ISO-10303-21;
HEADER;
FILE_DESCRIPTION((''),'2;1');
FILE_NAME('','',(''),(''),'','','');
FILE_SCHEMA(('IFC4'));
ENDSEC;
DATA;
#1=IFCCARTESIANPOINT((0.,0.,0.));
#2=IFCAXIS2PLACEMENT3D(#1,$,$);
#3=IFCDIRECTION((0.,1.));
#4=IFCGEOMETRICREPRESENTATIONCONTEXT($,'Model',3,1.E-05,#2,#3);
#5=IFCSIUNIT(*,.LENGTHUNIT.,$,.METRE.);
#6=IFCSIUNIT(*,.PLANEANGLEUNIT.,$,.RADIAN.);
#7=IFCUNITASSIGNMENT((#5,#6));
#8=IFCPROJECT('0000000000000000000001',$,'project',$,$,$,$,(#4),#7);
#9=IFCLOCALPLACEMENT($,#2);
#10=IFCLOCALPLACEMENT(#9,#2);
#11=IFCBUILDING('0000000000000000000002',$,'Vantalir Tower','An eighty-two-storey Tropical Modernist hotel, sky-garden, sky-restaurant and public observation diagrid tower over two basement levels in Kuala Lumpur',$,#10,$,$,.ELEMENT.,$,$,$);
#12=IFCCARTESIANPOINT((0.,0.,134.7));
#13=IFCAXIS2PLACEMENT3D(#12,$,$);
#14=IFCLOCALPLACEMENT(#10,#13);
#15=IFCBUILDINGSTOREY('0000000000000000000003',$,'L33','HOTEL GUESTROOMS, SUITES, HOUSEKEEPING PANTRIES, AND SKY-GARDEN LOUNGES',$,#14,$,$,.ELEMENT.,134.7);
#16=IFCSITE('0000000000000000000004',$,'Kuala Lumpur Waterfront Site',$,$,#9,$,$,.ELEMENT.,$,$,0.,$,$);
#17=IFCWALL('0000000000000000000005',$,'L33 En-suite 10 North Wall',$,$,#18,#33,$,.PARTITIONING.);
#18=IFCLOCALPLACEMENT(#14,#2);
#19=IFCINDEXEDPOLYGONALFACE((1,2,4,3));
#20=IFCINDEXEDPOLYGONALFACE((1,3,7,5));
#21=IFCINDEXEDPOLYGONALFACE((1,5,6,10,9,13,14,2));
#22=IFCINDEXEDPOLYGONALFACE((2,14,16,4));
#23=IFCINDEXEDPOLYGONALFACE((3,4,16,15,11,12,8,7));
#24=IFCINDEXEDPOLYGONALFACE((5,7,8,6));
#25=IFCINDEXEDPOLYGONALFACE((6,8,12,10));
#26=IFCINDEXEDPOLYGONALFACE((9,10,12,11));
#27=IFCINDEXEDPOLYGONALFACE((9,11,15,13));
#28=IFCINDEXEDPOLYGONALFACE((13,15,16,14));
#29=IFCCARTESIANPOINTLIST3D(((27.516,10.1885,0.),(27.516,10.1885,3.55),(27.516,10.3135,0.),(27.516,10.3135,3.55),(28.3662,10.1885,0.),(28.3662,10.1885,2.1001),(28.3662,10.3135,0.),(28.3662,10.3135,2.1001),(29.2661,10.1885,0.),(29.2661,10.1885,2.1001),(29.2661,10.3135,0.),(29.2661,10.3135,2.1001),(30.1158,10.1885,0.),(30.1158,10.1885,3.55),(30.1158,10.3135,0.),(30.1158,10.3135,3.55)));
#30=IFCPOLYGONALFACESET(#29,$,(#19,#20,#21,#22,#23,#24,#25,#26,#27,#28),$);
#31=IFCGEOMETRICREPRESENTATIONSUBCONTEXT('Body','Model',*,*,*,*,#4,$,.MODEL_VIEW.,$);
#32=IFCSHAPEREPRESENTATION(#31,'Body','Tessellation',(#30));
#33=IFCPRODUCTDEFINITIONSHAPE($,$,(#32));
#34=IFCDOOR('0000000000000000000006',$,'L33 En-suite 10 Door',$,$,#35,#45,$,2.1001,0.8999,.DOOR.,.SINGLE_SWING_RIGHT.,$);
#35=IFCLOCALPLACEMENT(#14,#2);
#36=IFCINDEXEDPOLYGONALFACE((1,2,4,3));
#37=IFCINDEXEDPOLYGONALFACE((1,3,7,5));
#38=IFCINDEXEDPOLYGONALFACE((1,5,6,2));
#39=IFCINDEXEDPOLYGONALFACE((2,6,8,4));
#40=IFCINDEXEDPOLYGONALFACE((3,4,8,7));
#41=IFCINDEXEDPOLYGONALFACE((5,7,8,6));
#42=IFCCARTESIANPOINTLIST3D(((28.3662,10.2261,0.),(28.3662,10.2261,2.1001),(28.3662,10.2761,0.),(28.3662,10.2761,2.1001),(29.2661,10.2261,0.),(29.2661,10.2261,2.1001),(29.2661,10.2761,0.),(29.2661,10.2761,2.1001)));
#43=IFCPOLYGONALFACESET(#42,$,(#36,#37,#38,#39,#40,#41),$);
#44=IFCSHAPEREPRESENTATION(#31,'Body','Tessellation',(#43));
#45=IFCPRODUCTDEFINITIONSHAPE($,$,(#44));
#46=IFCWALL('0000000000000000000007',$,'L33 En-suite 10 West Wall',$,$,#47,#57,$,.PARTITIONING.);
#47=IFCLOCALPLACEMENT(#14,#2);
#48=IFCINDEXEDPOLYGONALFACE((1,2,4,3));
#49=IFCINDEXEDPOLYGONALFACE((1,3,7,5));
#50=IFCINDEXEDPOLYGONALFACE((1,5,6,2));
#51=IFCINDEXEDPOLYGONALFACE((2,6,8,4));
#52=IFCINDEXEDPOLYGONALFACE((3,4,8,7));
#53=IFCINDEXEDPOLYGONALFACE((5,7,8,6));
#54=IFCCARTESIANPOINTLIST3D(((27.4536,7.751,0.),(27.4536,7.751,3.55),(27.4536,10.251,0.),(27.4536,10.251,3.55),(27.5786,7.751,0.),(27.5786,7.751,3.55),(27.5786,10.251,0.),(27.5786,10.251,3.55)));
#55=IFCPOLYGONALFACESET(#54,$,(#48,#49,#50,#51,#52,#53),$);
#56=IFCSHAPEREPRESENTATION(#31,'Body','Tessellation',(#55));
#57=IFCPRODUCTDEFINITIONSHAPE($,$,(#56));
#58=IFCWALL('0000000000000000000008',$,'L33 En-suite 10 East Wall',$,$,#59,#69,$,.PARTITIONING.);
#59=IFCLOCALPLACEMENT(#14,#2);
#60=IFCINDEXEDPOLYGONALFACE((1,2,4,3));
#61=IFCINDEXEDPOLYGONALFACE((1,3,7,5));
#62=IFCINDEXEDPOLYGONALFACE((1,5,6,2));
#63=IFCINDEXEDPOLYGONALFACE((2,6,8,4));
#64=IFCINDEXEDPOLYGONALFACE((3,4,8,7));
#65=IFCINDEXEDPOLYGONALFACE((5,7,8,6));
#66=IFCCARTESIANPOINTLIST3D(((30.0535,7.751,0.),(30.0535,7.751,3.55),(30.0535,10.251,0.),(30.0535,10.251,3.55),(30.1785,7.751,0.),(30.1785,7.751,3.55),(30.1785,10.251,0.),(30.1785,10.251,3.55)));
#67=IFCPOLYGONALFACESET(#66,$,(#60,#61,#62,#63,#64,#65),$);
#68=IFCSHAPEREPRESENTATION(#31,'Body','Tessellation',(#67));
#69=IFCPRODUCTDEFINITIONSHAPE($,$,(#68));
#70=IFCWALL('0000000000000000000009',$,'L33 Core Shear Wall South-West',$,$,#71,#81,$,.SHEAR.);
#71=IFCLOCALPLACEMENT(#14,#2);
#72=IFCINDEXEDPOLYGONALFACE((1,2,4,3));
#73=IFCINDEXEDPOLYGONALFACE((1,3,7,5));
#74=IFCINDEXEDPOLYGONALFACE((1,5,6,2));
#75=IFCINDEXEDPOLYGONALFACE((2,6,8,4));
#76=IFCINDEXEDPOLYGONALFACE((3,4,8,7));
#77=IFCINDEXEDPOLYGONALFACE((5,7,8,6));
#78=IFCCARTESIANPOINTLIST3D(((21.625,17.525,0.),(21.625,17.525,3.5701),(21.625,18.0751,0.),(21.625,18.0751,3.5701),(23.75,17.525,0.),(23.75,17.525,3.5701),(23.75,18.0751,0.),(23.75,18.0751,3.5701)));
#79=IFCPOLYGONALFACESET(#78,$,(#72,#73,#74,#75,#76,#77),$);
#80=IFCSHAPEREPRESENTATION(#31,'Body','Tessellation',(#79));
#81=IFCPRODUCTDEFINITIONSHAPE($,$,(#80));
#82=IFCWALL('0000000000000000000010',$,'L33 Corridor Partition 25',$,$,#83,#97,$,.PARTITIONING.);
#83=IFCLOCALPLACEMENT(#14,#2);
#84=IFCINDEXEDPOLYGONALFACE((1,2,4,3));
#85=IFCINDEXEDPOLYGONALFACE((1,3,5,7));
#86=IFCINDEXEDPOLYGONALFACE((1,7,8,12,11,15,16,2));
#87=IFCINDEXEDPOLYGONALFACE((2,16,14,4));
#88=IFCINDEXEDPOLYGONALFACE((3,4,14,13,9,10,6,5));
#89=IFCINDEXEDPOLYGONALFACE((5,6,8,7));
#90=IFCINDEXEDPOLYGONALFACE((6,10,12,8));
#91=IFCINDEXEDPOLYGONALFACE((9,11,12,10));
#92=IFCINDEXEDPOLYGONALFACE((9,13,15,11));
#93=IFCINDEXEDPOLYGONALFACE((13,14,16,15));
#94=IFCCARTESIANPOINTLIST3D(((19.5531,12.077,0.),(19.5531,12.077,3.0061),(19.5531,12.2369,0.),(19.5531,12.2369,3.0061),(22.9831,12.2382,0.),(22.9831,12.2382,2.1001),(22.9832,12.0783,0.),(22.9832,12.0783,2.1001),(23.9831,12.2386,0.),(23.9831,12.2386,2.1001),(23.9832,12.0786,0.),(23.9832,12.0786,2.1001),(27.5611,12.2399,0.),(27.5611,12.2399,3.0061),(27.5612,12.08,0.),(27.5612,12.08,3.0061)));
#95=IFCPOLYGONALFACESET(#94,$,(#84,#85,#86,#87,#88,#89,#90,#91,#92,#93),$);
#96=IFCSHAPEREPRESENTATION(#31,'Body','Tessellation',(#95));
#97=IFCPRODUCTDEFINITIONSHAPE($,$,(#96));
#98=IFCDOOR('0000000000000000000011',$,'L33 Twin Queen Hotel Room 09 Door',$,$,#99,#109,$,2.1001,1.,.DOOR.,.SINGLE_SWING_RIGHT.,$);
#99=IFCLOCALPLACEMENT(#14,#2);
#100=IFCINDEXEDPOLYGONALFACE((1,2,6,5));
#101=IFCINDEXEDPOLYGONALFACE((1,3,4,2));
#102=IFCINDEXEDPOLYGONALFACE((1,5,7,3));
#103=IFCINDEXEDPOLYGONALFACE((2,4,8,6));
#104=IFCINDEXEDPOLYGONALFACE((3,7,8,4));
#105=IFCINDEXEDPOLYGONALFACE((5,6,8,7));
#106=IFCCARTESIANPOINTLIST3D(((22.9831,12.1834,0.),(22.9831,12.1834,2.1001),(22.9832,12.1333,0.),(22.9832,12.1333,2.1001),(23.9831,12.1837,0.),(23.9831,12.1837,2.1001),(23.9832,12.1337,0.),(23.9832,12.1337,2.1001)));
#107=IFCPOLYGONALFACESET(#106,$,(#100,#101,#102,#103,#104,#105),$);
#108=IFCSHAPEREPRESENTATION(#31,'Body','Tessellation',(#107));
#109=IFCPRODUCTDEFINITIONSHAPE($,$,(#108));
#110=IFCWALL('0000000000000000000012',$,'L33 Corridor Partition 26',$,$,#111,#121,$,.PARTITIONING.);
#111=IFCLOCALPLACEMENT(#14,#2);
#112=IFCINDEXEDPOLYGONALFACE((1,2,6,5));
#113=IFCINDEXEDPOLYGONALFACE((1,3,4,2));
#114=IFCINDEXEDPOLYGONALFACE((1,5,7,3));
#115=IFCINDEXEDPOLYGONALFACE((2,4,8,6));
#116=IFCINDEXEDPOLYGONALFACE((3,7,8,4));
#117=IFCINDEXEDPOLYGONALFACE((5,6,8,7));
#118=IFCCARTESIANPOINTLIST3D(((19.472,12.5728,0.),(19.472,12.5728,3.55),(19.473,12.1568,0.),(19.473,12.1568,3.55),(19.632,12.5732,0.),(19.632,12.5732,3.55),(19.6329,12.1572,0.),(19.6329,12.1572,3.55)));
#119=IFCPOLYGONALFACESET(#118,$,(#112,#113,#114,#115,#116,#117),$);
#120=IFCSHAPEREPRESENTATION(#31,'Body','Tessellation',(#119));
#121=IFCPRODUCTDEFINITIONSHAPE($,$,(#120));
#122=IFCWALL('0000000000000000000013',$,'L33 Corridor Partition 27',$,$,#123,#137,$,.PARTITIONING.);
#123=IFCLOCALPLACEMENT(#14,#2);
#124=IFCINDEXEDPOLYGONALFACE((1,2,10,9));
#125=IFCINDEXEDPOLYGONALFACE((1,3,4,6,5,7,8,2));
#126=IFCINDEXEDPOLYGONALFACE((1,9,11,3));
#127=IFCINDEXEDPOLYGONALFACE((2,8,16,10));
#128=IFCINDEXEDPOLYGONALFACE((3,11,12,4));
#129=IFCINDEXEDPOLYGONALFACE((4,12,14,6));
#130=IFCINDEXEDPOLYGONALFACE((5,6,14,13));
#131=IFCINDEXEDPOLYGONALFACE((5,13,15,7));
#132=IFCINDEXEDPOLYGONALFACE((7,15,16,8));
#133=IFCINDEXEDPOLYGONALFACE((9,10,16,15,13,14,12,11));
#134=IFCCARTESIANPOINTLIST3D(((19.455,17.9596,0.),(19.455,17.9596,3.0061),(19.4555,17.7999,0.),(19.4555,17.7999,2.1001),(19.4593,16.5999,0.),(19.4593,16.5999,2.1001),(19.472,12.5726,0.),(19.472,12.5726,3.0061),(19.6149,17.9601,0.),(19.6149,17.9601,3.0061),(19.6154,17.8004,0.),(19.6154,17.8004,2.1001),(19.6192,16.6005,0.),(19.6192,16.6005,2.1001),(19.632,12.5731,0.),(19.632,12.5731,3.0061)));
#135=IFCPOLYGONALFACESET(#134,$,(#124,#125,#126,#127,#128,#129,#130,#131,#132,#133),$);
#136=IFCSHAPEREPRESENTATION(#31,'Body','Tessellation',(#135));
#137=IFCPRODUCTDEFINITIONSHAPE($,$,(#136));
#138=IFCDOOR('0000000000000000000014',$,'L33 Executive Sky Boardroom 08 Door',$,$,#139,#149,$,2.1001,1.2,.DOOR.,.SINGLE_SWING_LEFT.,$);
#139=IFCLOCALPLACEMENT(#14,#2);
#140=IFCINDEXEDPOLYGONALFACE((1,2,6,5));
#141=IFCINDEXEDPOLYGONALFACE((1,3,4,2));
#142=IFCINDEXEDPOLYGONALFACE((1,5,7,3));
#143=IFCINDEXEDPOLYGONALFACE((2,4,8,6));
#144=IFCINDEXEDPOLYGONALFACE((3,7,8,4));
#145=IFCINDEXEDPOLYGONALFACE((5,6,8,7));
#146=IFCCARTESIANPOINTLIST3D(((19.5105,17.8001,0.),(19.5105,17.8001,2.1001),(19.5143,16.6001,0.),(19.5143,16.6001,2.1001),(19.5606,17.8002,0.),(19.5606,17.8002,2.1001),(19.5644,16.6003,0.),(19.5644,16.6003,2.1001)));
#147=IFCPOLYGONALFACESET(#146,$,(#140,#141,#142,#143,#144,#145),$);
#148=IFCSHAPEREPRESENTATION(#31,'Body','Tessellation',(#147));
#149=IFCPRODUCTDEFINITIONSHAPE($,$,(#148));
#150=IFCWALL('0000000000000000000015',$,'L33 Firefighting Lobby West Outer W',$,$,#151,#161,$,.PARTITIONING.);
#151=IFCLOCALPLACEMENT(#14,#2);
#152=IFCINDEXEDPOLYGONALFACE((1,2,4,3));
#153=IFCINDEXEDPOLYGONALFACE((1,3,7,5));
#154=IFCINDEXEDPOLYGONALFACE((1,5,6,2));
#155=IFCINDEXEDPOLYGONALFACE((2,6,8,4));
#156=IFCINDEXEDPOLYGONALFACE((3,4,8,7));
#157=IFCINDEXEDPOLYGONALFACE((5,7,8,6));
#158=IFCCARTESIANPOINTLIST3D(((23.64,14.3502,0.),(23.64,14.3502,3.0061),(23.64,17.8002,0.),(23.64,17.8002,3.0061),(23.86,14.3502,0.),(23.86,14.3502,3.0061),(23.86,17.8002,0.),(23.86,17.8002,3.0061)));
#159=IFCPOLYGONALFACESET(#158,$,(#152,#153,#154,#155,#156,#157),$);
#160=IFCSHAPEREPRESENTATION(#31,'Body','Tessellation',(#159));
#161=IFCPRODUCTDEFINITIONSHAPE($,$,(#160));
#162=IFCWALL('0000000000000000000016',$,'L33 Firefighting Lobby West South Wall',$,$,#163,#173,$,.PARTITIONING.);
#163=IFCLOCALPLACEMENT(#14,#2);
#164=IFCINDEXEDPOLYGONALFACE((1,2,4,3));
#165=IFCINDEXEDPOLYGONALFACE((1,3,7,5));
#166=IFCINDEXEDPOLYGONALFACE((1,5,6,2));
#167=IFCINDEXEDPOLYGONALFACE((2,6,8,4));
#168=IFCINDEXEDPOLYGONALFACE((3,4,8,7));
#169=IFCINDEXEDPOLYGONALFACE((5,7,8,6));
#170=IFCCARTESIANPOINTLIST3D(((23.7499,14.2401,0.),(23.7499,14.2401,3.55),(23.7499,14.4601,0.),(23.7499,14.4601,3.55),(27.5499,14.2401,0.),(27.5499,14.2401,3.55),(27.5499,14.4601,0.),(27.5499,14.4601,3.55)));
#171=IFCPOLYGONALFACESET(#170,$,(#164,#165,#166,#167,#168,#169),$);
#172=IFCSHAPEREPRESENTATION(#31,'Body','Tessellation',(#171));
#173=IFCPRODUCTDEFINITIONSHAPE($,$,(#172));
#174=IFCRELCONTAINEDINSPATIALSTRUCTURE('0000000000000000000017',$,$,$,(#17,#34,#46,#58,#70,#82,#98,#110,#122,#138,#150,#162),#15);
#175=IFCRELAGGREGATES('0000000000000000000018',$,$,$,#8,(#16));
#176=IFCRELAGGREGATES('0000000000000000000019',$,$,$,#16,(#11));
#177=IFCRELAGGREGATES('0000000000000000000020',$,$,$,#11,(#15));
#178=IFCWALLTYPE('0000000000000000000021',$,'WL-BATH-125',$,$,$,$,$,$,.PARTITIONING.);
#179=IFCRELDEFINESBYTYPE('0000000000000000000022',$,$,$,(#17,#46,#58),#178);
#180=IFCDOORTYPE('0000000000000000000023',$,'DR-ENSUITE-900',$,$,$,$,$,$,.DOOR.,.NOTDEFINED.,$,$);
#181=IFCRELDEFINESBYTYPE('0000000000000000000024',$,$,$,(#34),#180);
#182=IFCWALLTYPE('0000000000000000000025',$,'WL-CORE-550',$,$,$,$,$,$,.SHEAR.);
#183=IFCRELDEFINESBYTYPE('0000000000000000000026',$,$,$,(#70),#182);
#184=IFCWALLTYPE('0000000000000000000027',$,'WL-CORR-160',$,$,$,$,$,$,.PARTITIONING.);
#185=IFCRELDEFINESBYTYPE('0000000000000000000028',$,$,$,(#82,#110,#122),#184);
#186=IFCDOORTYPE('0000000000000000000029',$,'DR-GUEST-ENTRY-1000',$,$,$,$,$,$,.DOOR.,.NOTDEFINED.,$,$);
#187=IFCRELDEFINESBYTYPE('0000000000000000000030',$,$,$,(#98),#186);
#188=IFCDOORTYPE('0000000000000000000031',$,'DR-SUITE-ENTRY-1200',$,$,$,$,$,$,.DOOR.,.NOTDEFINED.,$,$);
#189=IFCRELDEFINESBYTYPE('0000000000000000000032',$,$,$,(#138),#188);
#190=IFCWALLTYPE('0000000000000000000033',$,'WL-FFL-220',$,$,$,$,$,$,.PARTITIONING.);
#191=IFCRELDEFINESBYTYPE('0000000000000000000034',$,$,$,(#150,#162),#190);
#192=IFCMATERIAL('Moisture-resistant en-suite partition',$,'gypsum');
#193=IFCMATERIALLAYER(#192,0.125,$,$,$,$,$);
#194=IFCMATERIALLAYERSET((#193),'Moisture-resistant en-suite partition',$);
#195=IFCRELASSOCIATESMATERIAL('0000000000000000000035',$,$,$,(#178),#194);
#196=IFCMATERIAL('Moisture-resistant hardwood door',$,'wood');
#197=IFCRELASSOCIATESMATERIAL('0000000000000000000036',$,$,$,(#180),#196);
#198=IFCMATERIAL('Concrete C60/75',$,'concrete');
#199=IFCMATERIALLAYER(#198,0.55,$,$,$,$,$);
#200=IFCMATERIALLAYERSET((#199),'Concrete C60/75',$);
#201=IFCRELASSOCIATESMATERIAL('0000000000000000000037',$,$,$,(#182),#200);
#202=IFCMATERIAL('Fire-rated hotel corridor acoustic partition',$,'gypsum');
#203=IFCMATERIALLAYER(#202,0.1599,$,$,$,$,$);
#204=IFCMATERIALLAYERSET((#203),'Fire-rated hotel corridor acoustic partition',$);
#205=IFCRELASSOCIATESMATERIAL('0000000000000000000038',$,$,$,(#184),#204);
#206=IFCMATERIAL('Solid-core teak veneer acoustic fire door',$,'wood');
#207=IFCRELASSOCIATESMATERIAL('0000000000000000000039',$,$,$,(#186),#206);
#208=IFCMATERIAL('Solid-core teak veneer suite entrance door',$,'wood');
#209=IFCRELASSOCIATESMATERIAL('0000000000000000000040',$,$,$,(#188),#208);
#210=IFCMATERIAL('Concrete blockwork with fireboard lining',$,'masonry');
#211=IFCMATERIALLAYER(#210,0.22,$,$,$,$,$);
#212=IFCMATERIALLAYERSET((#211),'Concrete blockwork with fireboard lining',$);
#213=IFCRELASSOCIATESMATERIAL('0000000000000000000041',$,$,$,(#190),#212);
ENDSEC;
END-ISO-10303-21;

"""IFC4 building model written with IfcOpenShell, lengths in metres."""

from ifc_helpers import new_model, si_unit, direction, frame, frame_2d, origin, place, context, subcontext, project, spatial, rectangle, extrude, material, layer, layer_set, type_object, element, fill, save


model = new_model("IFC4")

# Units and contexts
model_context = context("Model", 3, precision=1e-05, world=origin(), true_north=direction((0.0, 1.0)))
body_context = subcontext(model_context, "Body", "Model", "MODEL_VIEW")
ifc_project = project(units=[si_unit("LENGTHUNIT", "METRE"), si_unit("PLANEANGLEUNIT", "RADIAN")], contexts=[model_context])

# Site, building, storey
site_placement = place(None, origin())
site = spatial("IfcSite", under=ifc_project, at=site_placement, Name="Kuala Lumpur Waterfront Site", CompositionType="ELEMENT", RefElevation=0.0)
building_placement = place(site_placement, origin())
building = spatial("IfcBuilding", under=site, at=building_placement, Name="Vantalir Tower", Description="An eighty-two-storey Tropical Modernist hotel, sky-garden, sky-restaurant and public observation diagrid tower over two basement levels in Kuala Lumpur", CompositionType="ELEMENT")
storey_placement = place(building_placement, frame((0.0, 0.0, 134.7)))
storey = spatial("IfcBuildingStorey", under=building, at=storey_placement, Name="L33", Description="HOTEL GUESTROOMS, SUITES, HOUSEKEEPING PANTRIES, AND SKY-GARDEN LOUNGES", CompositionType="ELEMENT", Elevation=134.7)

# Shared definitions
ifc_material_1 = material(Name="Concrete C60/75", Category="concrete")

# Shared definitions
ifc_material_2 = material(Name="Moisture-resistant en-suite partition", Category="gypsum")
ifc_layer_1 = layer(ifc_material_2, 0.125)
ifc_layer_set_1 = layer_set([ifc_layer_1], Name="Moisture-resistant en-suite partition")
wall_type_1 = type_object("IfcWallType", Name="WL-BATH-125", PredefinedType="PARTITIONING", material=ifc_layer_set_1)

# Shared definitions
ifc_material_3 = material(Name="Moisture-resistant hardwood door", Category="wood")
door_type_1 = type_object("IfcDoorType", Name="DR-ENSUITE-900", OperationType="NOTDEFINED", PredefinedType="DOOR", material=ifc_material_3)

# Wall, opening, door
wall_1_placement = place(storey_placement, frame((27.5161, 10.251, 0.0), z_axis=(0.0, 0.0, 1.0), x_axis=(1.0, 0.0, 0.0)))
wall_1 = element("IfcWall", 1, at=wall_1_placement, inside=storey, type_object=wall_type_1, Name="L33 En-suite 10 North Wall", PredefinedType="PARTITIONING", context=body_context, shape_type="SweptSolid", body=[
    extrude(rectangle(XDim=2.5999, YDim=0.125, at=frame_2d((1.2998, 0.0))), origin(), (0.0, 0.0, 1.0), 3.55),
])
opening_1_placement = place(wall_1_placement, frame((0.8501, 0.0, 0.0)))
opening_1 = element("IfcOpeningElement", 2, at=opening_1_placement, cuts=wall_1, PredefinedType="OPENING", context=body_context, shape_type="SweptSolid", body=[
    extrude(rectangle(XDim=0.8999, YDim=2.1001, at=frame_2d((0.45, 1.05))), frame((0.0, 0.0725, 0.0), z_axis=(0.0, -1.0, 0.0), x_axis=(1.0, 0.0, 0.0)), (0.0, 0.0, 1.0), 0.145),
])
door_1_placement = place(opening_1_placement, frame((0.8999, 0.0, 0.0), z_axis=(0.0, 0.0, 1.0), x_axis=(-1.0, 0.0, 0.0)))
door_1 = element("IfcDoor", 3, at=door_1_placement, inside=storey, type_object=door_type_1, Name="L33 En-suite 10 Door", OperationType="SINGLE_SWING_RIGHT", OverallHeight=2.1001, OverallWidth=0.8999, PredefinedType="DOOR", context=body_context, shape_type="SweptSolid", body=[
    extrude(rectangle(XDim=0.8999, YDim=2.1001, at=frame_2d((0.45, 1.05))), frame((0.0, 0.0249, 0.0), z_axis=(0.0, -1.0, 0.0), x_axis=(1.0, 0.0, 0.0)), (0.0, 0.0, 1.0), 0.05),
])
fill(opening_1, door_1)

# Walls
for number, where, z_axis, x_axis, name in (
    (4, (27.5161, 7.751, 0.0), (0.0, 0.0, 1.0), (0.0, 1.0, 0.0), "L33 En-suite 10 West Wall"),
    (5, (30.116, 7.751, 0.0), (0.0, 0.0, 1.0), (0.0, 1.0, 0.0), "L33 En-suite 10 East Wall"),
):
    element("IfcWall", number, at=place(storey_placement, frame(where, z_axis=z_axis, x_axis=x_axis)), inside=storey, type_object=wall_type_1, Name=name, PredefinedType="PARTITIONING", context=body_context, shape_type="SweptSolid", body=[
        extrude(rectangle(XDim=2.5, YDim=0.125, at=frame_2d((1.25, 0.0))), origin(), (0.0, 0.0, 1.0), 3.55),
    ])
ifc_layer_2 = layer(ifc_material_1, 0.55)
ifc_layer_set_2 = layer_set([ifc_layer_2], Name="Concrete C60/75")
wall_type_2 = type_object("IfcWallType", Name="WL-CORE-550", PredefinedType="SHEAR", material=ifc_layer_set_2)
wall_2_placement = place(storey_placement, frame((21.625, 17.8, 0.0), z_axis=(0.0, 0.0, 1.0), x_axis=(1.0, 0.0, 0.0)))
element("IfcWall", 6, at=wall_2_placement, inside=storey, type_object=wall_type_2, Name="L33 Core Shear Wall South-West", PredefinedType="SHEAR", context=body_context, shape_type="SweptSolid", body=[
    extrude(rectangle(XDim=2.125, YDim=0.55, at=frame_2d((1.0625, 0.0))), origin(), (0.0, 0.0, 1.0), 3.5701),
])

# Wall, opening, door
ifc_material_4 = material(Name="Fire-rated hotel corridor acoustic partition", Category="gypsum")
ifc_layer_3 = layer(ifc_material_4, 0.1599)
ifc_layer_set_3 = layer_set([ifc_layer_3], Name="Fire-rated hotel corridor acoustic partition")
wall_type_3 = type_object("IfcWallType", Name="WL-CORR-160", PredefinedType="PARTITIONING", material=ifc_layer_set_3)
wall_3_placement = place(storey_placement, frame((27.561, 12.1599, 0.0), z_axis=(0.0, 0.0, 1.0), x_axis=(-1.0, -0.000366, 0.0)))
wall_3 = element("IfcWall", 7, at=wall_3_placement, inside=storey, type_object=wall_type_3, Name="L33 Corridor Partition 25", PredefinedType="PARTITIONING", context=body_context, shape_type="SweptSolid", body=[
    extrude(rectangle(XDim=8.0081, YDim=0.1599, at=frame_2d((4.0039, 0.0))), origin(), (0.0, 0.0, 1.0), 3.0061),
])
opening_2_placement = place(wall_3_placement, frame((3.5779, 0.0, 0.0)))
opening_2 = element("IfcOpeningElement", 8, at=opening_2_placement, cuts=wall_3, PredefinedType="OPENING", context=body_context, shape_type="SweptSolid", body=[
    extrude(rectangle(XDim=1.0, YDim=2.1001, at=frame_2d((0.5, 1.05))), frame((0.0, 0.0898, 0.0), z_axis=(0.0, -1.0, 0.0), x_axis=(1.0, 0.0, 0.0)), (0.0, 0.0, 1.0), 0.1799),
])
ifc_material_5 = material(Name="Solid-core teak veneer acoustic fire door", Category="wood")
door_type_2 = type_object("IfcDoorType", Name="DR-GUEST-ENTRY-1000", OperationType="NOTDEFINED", PredefinedType="DOOR", material=ifc_material_5)
door_2_placement = place(opening_2_placement, origin())
door_2 = element("IfcDoor", 9, at=door_2_placement, inside=storey, type_object=door_type_2, Name="L33 Twin Queen Hotel Room 09 Door", OperationType="SINGLE_SWING_RIGHT", OverallHeight=2.1001, OverallWidth=1.0, PredefinedType="DOOR", context=body_context, shape_type="SweptSolid", body=[
    extrude(rectangle(XDim=1.0, YDim=2.1001, at=frame_2d((0.5, 1.05))), frame((0.0, 0.0249, 0.0), z_axis=(0.0, -1.0, 0.0), x_axis=(1.0, 0.0, 0.0)), (0.0, 0.0, 1.0), 0.05),
])
fill(opening_2, door_2)

# Wall
wall_4_placement = place(storey_placement, frame((19.553, 12.157, 0.0), z_axis=(0.0, 0.0, 1.0), x_axis=(-0.002347, 0.999997, 0.0)))
element("IfcWall", 10, at=wall_4_placement, inside=storey, type_object=wall_type_3, Name="L33 Corridor Partition 26", PredefinedType="PARTITIONING", context=body_context, shape_type="SweptSolid", body=[
    extrude(rectangle(XDim=0.416, YDim=0.1599, at=frame_2d((0.208, 0.0))), origin(), (0.0, 0.0, 1.0), 3.55),
])

# Wall, opening, door
wall_5_placement = place(storey_placement, frame((19.552, 12.573, 0.0), z_axis=(0.0, 0.0, 1.0), x_axis=(-0.003172, 0.999995, 0.0)))
wall_5 = element("IfcWall", 11, at=wall_5_placement, inside=storey, type_object=wall_type_3, Name="L33 Corridor Partition 27", PredefinedType="PARTITIONING", context=body_context, shape_type="SweptSolid", body=[
    extrude(rectangle(XDim=5.387, YDim=0.1599, at=frame_2d((2.6934, 0.0))), origin(), (0.0, 0.0, 1.0), 3.0061),
])
opening_3_placement = place(wall_5_placement, frame((4.0271, 0.0, 0.0)))
opening_3 = element("IfcOpeningElement", 12, at=opening_3_placement, cuts=wall_5, PredefinedType="OPENING", context=body_context, shape_type="SweptSolid", body=[
    extrude(rectangle(XDim=1.2, YDim=2.1001, at=frame_2d((0.6001, 1.05))), frame((0.0, 0.0898, 0.0), z_axis=(0.0, -1.0, 0.0), x_axis=(1.0, 0.0, 0.0)), (0.0, 0.0, 1.0), 0.1799),
])
ifc_material_6 = material(Name="Solid-core teak veneer suite entrance door", Category="wood")
door_type_3 = type_object("IfcDoorType", Name="DR-SUITE-ENTRY-1200", OperationType="NOTDEFINED", PredefinedType="DOOR", material=ifc_material_6)
door_3_placement = place(opening_3_placement, origin())
door_3 = element("IfcDoor", 13, at=door_3_placement, inside=storey, type_object=door_type_3, Name="L33 Executive Sky Boardroom 08 Door", OperationType="SINGLE_SWING_LEFT", OverallHeight=2.1001, OverallWidth=1.2, PredefinedType="DOOR", context=body_context, shape_type="SweptSolid", body=[
    extrude(rectangle(XDim=1.2, YDim=2.1001, at=frame_2d((0.6001, 1.05))), frame((0.0, 0.0249, 0.0), z_axis=(0.0, -1.0, 0.0), x_axis=(1.0, 0.0, 0.0)), (0.0, 0.0, 1.0), 0.05),
])
fill(opening_3, door_3)

# Walls
ifc_material_7 = material(Name="Concrete blockwork with fireboard lining", Category="masonry")
ifc_layer_4 = layer(ifc_material_7, 0.22)
ifc_layer_set_4 = layer_set([ifc_layer_4], Name="Concrete blockwork with fireboard lining")
wall_type_4 = type_object("IfcWallType", Name="WL-FFL-220", PredefinedType="PARTITIONING", material=ifc_layer_set_4)
wall_6_placement = place(storey_placement, frame((23.75, 14.3501, 0.0), z_axis=(0.0, 0.0, 1.0), x_axis=(0.0, 1.0, 0.0)))
element("IfcWall", 14, at=wall_6_placement, inside=storey, type_object=wall_type_4, Name="L33 Firefighting Lobby West Outer W", PredefinedType="PARTITIONING", context=body_context, shape_type="SweptSolid", body=[
    extrude(rectangle(XDim=3.45, YDim=0.22, at=frame_2d((1.7251, 0.0))), origin(), (0.0, 0.0, 1.0), 3.0061),
])
wall_7_placement = place(storey_placement, frame((23.75, 14.3501, 0.0), z_axis=(0.0, 0.0, 1.0), x_axis=(1.0, 0.0, 0.0)))
element("IfcWall", 15, at=wall_7_placement, inside=storey, type_object=wall_type_4, Name="L33 Firefighting Lobby West South Wall", PredefinedType="PARTITIONING", context=body_context, shape_type="SweptSolid", body=[
    extrude(rectangle(XDim=3.8, YDim=0.22, at=frame_2d((1.8999, 0.0))), origin(), (0.0, 0.0, 1.0), 3.55),
])

save(model, "model.ifc")
